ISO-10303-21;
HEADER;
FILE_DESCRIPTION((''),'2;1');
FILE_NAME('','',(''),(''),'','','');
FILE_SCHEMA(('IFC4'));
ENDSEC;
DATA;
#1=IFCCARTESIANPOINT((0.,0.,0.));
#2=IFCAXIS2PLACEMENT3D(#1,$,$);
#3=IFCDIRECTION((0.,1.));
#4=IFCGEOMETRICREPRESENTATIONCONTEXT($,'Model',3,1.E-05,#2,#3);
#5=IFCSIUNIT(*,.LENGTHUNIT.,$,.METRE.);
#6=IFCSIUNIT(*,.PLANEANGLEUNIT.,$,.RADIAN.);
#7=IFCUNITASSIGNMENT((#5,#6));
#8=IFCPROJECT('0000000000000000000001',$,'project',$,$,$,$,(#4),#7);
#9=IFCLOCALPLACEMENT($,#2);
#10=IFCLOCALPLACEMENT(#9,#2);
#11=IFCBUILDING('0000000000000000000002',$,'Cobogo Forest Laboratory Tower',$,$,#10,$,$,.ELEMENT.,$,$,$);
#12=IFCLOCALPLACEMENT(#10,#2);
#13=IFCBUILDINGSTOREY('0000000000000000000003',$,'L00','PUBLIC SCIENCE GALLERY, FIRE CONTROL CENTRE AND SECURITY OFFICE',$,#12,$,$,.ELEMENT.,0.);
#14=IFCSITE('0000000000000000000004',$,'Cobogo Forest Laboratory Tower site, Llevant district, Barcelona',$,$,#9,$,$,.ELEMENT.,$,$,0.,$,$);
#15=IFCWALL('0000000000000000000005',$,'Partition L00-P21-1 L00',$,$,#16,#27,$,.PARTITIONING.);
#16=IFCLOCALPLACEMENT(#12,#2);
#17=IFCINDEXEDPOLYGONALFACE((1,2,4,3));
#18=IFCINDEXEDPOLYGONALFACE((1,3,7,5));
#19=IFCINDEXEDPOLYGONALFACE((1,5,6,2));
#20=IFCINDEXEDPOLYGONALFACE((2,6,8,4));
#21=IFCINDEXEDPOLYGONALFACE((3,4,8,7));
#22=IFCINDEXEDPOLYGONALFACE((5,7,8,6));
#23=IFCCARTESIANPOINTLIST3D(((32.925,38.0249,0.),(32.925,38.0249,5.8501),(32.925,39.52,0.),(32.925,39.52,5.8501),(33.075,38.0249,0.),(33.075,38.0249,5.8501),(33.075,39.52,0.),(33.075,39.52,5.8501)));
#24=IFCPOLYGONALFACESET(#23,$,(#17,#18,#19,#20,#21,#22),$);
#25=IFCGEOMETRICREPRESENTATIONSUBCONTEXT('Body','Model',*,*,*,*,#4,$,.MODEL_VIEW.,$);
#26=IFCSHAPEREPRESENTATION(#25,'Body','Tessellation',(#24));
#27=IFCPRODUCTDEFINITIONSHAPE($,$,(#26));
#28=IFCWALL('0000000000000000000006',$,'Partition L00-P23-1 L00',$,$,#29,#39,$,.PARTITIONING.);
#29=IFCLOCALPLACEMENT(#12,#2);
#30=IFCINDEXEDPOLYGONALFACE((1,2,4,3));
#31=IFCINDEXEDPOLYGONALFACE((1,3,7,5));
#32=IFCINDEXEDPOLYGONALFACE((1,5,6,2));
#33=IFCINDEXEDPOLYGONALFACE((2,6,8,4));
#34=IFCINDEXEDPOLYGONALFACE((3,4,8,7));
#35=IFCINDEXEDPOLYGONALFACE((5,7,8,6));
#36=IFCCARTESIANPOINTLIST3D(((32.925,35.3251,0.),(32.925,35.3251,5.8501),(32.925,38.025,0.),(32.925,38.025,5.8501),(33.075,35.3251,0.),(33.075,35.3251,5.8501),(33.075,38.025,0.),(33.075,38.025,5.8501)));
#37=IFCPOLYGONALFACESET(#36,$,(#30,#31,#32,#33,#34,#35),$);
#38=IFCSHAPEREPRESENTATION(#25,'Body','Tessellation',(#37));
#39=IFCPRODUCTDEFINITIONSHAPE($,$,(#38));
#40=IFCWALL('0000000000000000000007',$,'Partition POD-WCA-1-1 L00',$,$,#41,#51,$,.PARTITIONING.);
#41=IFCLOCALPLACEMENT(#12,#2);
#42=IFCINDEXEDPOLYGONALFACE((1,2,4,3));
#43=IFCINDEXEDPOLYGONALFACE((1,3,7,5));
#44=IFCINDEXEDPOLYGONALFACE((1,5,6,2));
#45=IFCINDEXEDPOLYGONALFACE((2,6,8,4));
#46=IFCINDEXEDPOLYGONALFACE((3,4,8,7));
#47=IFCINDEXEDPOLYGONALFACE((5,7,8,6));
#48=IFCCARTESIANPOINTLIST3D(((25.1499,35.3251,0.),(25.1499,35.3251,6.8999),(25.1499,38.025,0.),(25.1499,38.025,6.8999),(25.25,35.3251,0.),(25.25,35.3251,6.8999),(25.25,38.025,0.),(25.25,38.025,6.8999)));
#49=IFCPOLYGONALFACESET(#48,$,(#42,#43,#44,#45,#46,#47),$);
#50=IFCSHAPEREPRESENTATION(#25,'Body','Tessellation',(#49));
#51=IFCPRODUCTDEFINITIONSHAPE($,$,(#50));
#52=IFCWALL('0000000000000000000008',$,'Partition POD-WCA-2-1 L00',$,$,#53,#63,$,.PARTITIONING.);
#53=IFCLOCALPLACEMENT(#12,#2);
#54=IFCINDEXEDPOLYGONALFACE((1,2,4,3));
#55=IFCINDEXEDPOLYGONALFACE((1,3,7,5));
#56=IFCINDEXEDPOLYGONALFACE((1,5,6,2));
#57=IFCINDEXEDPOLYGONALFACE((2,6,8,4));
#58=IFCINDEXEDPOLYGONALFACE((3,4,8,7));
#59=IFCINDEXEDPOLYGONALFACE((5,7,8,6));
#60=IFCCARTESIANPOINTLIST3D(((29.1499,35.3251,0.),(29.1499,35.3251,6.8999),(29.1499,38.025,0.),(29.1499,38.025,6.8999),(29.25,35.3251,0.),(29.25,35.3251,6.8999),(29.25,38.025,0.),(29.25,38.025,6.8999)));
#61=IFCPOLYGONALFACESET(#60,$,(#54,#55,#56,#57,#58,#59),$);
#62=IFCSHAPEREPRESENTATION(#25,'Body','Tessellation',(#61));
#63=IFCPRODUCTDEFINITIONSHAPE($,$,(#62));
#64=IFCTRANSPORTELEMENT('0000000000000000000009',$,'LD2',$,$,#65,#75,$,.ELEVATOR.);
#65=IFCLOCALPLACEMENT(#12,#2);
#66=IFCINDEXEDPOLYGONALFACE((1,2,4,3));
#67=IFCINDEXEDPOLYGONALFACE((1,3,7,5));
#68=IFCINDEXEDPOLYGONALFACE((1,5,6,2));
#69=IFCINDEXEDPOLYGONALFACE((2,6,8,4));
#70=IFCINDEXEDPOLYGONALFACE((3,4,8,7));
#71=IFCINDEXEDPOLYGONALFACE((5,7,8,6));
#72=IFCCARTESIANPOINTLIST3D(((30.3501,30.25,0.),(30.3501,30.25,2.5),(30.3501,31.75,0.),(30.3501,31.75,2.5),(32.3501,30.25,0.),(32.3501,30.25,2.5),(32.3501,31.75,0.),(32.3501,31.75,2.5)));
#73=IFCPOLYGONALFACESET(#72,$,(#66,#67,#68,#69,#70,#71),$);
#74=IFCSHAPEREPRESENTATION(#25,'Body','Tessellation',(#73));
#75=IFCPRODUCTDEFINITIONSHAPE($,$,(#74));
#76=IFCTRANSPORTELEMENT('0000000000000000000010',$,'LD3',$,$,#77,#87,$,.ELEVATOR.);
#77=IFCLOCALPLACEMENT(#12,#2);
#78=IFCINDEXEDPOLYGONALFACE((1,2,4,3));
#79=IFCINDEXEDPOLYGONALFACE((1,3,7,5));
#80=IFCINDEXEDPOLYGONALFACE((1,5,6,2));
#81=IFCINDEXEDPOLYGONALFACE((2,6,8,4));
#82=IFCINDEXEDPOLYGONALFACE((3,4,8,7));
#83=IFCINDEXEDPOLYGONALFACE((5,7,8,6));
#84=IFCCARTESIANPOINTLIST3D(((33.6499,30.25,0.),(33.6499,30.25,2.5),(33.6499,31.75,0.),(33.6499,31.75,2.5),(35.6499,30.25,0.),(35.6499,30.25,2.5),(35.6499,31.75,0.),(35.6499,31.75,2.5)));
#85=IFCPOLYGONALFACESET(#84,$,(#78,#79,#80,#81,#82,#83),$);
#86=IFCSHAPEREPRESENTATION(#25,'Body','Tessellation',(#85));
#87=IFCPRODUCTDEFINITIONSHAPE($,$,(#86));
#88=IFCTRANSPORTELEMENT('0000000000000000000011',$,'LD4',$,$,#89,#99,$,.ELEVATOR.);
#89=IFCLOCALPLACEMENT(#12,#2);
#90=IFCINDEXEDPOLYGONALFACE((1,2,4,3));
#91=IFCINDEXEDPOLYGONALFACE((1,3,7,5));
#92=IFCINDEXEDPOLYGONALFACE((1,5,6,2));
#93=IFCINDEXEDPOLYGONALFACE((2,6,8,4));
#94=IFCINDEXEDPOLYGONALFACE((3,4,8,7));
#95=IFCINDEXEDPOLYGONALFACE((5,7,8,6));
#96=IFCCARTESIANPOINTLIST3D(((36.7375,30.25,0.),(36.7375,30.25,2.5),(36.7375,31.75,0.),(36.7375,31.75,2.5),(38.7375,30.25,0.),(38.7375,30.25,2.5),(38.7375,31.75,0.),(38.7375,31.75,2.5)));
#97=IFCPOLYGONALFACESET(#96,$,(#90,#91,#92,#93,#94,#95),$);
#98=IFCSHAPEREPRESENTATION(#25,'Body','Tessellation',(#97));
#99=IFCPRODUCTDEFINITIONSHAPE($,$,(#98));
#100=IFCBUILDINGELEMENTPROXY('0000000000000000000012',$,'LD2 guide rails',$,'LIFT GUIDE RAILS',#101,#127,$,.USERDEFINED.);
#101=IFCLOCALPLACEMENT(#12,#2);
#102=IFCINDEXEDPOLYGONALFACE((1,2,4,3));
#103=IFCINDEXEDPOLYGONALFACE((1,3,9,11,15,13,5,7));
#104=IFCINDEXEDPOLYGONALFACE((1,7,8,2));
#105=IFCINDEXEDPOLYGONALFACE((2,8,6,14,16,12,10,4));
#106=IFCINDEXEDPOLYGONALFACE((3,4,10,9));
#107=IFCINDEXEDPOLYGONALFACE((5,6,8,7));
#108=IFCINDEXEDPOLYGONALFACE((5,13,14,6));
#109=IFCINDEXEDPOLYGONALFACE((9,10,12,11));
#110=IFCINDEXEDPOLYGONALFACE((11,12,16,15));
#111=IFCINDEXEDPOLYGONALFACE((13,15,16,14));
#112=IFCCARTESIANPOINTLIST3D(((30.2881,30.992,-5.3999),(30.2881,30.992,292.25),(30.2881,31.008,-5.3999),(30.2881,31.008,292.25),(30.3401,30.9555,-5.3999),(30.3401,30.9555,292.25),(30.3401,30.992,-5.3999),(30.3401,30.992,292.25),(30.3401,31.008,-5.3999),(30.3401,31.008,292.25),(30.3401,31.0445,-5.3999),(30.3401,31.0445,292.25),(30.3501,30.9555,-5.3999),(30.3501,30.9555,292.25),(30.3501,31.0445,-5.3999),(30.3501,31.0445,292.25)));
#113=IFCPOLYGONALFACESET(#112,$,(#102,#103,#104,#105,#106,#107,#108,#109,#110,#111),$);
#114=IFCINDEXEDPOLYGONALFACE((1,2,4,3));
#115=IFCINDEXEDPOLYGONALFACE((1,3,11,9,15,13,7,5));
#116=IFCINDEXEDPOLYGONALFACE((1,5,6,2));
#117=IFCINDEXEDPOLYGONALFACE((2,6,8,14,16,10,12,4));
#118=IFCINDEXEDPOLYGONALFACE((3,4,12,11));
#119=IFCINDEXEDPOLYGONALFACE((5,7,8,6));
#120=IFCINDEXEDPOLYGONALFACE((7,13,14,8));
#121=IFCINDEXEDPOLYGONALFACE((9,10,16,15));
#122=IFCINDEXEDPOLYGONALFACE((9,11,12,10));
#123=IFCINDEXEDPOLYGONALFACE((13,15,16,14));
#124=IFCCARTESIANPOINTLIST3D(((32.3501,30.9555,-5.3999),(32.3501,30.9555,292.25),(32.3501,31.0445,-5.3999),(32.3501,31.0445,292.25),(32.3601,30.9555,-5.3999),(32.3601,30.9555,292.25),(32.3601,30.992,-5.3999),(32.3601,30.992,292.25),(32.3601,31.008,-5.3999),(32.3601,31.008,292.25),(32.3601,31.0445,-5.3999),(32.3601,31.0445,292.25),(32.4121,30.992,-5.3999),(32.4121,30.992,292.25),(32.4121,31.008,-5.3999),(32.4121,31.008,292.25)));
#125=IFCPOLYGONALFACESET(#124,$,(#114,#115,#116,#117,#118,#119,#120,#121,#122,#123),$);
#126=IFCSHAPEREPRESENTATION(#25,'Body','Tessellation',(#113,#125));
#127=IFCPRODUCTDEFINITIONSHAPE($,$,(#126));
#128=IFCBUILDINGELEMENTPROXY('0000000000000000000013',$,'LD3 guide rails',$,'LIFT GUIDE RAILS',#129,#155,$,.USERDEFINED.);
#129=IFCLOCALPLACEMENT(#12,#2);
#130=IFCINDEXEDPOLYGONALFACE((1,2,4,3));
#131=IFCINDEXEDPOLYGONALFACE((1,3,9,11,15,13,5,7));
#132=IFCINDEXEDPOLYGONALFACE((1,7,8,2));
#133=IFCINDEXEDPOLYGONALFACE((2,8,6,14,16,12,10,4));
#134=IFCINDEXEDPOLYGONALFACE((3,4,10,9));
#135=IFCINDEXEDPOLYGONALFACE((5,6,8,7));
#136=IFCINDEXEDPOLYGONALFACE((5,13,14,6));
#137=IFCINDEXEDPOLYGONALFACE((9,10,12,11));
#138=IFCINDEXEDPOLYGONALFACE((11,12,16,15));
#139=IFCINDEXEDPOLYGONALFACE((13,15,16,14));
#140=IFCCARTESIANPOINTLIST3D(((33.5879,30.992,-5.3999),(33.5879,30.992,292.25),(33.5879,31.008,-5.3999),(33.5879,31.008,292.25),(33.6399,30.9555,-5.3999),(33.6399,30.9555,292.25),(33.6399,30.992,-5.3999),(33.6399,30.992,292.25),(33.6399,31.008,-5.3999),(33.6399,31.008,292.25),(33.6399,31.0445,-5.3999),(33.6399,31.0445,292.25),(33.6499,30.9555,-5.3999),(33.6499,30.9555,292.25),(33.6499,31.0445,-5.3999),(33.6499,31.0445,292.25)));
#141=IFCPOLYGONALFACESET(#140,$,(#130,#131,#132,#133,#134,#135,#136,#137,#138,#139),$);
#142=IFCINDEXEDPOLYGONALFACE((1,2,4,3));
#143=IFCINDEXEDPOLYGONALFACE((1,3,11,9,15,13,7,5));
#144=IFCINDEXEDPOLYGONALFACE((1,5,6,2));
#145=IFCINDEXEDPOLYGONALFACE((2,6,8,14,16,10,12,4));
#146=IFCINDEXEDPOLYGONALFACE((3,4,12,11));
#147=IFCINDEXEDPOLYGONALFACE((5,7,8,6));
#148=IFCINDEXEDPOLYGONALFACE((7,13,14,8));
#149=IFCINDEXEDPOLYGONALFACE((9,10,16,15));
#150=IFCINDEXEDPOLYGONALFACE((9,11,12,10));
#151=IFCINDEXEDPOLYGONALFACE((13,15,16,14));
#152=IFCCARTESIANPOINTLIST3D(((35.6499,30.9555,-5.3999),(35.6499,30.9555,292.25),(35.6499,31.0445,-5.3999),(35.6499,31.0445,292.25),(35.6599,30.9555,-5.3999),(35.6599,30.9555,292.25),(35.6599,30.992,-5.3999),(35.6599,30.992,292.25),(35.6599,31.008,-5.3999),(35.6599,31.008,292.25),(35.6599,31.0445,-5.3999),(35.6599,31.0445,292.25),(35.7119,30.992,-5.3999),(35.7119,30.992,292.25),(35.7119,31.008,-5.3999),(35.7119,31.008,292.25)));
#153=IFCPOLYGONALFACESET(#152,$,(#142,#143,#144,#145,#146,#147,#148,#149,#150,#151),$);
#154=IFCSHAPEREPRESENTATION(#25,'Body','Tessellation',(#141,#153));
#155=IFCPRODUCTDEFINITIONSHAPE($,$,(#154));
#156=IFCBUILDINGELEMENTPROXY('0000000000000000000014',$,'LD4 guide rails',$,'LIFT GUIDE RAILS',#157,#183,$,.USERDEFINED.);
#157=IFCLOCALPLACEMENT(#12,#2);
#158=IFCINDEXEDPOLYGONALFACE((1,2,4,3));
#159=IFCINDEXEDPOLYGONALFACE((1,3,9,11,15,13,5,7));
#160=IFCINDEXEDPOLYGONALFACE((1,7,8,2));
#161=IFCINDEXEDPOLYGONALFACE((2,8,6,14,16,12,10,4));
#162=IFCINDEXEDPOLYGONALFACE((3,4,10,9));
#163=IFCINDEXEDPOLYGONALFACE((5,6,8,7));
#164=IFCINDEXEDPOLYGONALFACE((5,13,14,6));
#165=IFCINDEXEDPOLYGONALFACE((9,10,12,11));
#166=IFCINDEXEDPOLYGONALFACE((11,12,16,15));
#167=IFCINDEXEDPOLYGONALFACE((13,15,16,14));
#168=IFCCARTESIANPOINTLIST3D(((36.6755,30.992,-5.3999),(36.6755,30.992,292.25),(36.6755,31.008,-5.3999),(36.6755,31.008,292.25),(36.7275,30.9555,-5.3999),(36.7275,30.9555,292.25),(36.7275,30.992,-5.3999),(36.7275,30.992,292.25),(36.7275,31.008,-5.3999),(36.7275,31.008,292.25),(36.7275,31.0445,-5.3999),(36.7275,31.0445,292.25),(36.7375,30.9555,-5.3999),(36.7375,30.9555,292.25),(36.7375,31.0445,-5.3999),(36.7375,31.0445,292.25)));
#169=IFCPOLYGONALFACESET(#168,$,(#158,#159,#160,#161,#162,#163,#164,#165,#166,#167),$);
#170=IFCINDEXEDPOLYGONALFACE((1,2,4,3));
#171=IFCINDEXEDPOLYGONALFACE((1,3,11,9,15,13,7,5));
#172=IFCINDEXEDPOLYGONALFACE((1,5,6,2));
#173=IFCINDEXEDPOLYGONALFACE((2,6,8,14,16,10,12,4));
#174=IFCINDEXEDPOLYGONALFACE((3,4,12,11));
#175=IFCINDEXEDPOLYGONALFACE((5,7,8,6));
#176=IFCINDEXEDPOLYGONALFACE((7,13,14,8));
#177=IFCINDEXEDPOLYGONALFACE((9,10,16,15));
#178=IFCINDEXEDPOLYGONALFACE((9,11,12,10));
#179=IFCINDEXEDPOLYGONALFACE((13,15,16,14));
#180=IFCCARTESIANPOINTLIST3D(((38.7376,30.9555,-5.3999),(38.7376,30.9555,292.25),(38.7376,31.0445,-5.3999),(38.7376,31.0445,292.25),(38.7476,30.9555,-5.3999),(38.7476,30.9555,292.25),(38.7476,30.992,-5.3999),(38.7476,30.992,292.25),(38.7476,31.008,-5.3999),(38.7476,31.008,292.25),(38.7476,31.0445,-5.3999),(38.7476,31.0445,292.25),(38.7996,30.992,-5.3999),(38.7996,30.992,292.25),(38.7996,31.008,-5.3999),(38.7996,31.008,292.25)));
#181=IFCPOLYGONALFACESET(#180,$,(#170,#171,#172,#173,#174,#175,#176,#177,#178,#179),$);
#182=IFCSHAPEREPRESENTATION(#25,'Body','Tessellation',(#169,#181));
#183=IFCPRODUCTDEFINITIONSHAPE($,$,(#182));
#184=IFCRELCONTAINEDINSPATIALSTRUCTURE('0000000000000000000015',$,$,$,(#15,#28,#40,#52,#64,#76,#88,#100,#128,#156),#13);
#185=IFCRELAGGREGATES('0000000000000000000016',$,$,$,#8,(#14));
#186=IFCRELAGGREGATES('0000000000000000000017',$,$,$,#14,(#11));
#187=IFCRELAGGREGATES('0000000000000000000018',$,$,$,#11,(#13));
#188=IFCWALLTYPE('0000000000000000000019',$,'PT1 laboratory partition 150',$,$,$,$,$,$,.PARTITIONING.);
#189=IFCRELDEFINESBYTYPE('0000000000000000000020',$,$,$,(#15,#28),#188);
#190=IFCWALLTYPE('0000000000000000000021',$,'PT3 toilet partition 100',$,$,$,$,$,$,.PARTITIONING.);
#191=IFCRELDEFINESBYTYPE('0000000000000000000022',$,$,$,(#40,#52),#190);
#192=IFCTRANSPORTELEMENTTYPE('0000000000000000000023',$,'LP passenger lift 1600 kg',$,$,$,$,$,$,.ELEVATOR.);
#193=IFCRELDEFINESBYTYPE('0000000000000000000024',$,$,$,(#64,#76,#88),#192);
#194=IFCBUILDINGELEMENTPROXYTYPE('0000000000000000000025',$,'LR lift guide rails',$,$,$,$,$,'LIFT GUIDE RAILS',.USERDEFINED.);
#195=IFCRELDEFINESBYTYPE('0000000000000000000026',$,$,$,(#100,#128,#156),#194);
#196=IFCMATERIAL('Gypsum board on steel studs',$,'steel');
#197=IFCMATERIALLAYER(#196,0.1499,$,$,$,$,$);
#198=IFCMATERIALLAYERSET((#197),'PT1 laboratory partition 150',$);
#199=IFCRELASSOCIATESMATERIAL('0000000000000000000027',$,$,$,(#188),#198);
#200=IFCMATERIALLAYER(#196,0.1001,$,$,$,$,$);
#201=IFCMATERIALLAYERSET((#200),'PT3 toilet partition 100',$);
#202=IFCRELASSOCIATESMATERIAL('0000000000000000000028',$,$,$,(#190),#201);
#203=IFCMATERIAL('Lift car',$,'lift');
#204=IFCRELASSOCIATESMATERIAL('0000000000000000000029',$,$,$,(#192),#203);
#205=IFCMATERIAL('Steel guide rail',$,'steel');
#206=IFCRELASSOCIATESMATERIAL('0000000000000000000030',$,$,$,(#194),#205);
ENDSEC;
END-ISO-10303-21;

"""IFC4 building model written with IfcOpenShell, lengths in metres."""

from ifc_helpers import new_model, si_unit, direction, frame, frame_2d, origin, origin_2d, place, context, subcontext, project, spatial, rectangle, t_section, extrude, material, layer, layer_set, type_object, element, save


model = new_model("IFC4")

# Units and contexts
model_context = context("Model", 3, precision=1e-05, world=origin(), true_north=direction((0.0, 1.0)))
body_context = subcontext(model_context, "Body", "Model", "MODEL_VIEW")
ifc_project = project(units=[si_unit("LENGTHUNIT", "METRE"), si_unit("PLANEANGLEUNIT", "RADIAN")], contexts=[model_context])

# Site, building, storey
site_placement = place(None, origin())
site = spatial("IfcSite", under=ifc_project, at=site_placement, Name="Cobogo Forest Laboratory Tower site, Llevant district, Barcelona", CompositionType="ELEMENT", RefElevation=0.0)
building_placement = place(site_placement, origin())
building = spatial("IfcBuilding", under=site, at=building_placement, Name="Cobogo Forest Laboratory Tower", CompositionType="ELEMENT")
storey_placement = place(building_placement, origin())
storey = spatial("IfcBuildingStorey", under=building, at=storey_placement, Name="L00", Description="PUBLIC SCIENCE GALLERY, FIRE CONTROL CENTRE AND SECURITY OFFICE", CompositionType="ELEMENT", Elevation=0.0)

# Shared definitions
ifc_material_1 = material(Name="Gypsum board on steel studs", Category="steel")
ifc_layer_1 = layer(ifc_material_1, 0.1499)
ifc_layer_set_1 = layer_set([ifc_layer_1], Name="PT1 laboratory partition 150")
wall_type_1 = type_object("IfcWallType", Name="PT1 laboratory partition 150", PredefinedType="PARTITIONING", material=ifc_layer_set_1)

# Walls
wall_1_placement = place(storey_placement, frame((33.0, 39.52, 0.0), z_axis=(0.0, 0.0, 1.0), x_axis=(0.0, -1.0, 0.0)))
element("IfcWall", 1, at=wall_1_placement, inside=storey, type_object=wall_type_1, Name="Partition L00-P21-1 L00", PredefinedType="PARTITIONING", context=body_context, shape_type="SweptSolid", body=[
    extrude(rectangle(XDim=1.4951, YDim=0.1499, at=frame_2d((0.7476, 0.0))), origin(), (0.0, 0.0, 1.0), 5.8501),
])
wall_2_placement = place(storey_placement, frame((33.0, 35.325, 0.0), z_axis=(0.0, 0.0, 1.0), x_axis=(0.0, 1.0, 0.0)))
element("IfcWall", 2, at=wall_2_placement, inside=storey, type_object=wall_type_1, Name="Partition L00-P23-1 L00", PredefinedType="PARTITIONING", context=body_context, shape_type="SweptSolid", body=[
    extrude(rectangle(XDim=2.7, YDim=0.1499, at=frame_2d((1.3501, 0.0))), origin(), (0.0, 0.0, 1.0), 5.8501),
])
ifc_layer_2 = layer(ifc_material_1, 0.1001)
ifc_layer_set_2 = layer_set([ifc_layer_2], Name="PT3 toilet partition 100")
wall_type_2 = type_object("IfcWallType", Name="PT3 toilet partition 100", PredefinedType="PARTITIONING", material=ifc_layer_set_2)
for number, where, z_axis, x_axis, name in (
    (3, (25.2, 35.325, 0.0), (0.0, 0.0, 1.0), (0.0, 1.0, 0.0), "Partition POD-WCA-1-1 L00"),
    (4, (29.2, 35.325, 0.0), (0.0, 0.0, 1.0), (0.0, 1.0, 0.0), "Partition POD-WCA-2-1 L00"),
):
    element("IfcWall", number, at=place(storey_placement, frame(where, z_axis=z_axis, x_axis=x_axis)), inside=storey, type_object=wall_type_2, Name=name, PredefinedType="PARTITIONING", context=body_context, shape_type="SweptSolid", body=[
        extrude(rectangle(XDim=2.7, YDim=0.1001, at=frame_2d((1.3501, 0.0))), origin(), (0.0, 0.0, 1.0), 6.8999),
    ])

# Transport elements
ifc_material_2 = material(Name="Lift car", Category="lift")
transport_element_type = type_object("IfcTransportElementType", Name="LP passenger lift 1600 kg", PredefinedType="ELEVATOR", material=ifc_material_2)
for number, where, z_axis, x_axis, name in (
    (5, (31.3501, 31.0, 0.0), (0.0, 0.0, 1.0), (1.0, 0.0, 0.0), "LD2"),
    (6, (34.6499, 31.0, 0.0), (0.0, 0.0, 1.0), (1.0, 0.0, 0.0), "LD3"),
    (7, (37.7375, 31.0, 0.0), (0.0, 0.0, 1.0), (1.0, 0.0, 0.0), "LD4"),
):
    element("IfcTransportElement", number, at=place(storey_placement, frame(where, z_axis=z_axis, x_axis=x_axis)), inside=storey, type_object=transport_element_type, Name=name, PredefinedType="ELEVATOR", context=body_context, shape_type="SweptSolid", body=[
        extrude(rectangle(XDim=2.0, YDim=1.5, at=origin_2d()), origin(), (0.0, 0.0, 1.0), 2.5),
    ])

# Building element proxies
ifc_material_3 = material(Name="Steel guide rail", Category="steel")
building_element_proxy_type = type_object("IfcBuildingElementProxyType", Name="LR lift guide rails", ElementType="LIFT GUIDE RAILS", PredefinedType="USERDEFINED", material=ifc_material_3)
for number, where, name in (
    (8, (31.3501, 31.0, 0.0), "LD2 guide rails"),
    (9, (34.6499, 31.0, 0.0), "LD3 guide rails"),
    (10, (37.7375, 31.0, 0.0), "LD4 guide rails"),
):
    element("IfcBuildingElementProxy", number, at=place(storey_placement, frame(where)), inside=storey, type_object=building_element_proxy_type, Name=name, ObjectType="LIFT GUIDE RAILS", PredefinedType="USERDEFINED", context=body_context, shape_type="SweptSolid", body=[
        extrude(t_section(Depth=0.062, FlangeWidth=0.089, WebThickness=0.0159, FlangeThickness=0.01, at=origin_2d()), frame((-1.031, 0.0, -5.3999), z_axis=(0.0, 0.0, 1.0), x_axis=(0.0, -1.0, 0.0)), (0.0, 0.0, 1.0), 297.6499),
        extrude(t_section(Depth=0.062, FlangeWidth=0.089, WebThickness=0.0159, FlangeThickness=0.01, at=origin_2d()), frame((1.031, 0.0, -5.3999), z_axis=(0.0, 0.0, 1.0), x_axis=(0.0, 1.0, 0.0)), (0.0, 0.0, 1.0), 297.6499),
    ])

save(model, "model.ifc")
